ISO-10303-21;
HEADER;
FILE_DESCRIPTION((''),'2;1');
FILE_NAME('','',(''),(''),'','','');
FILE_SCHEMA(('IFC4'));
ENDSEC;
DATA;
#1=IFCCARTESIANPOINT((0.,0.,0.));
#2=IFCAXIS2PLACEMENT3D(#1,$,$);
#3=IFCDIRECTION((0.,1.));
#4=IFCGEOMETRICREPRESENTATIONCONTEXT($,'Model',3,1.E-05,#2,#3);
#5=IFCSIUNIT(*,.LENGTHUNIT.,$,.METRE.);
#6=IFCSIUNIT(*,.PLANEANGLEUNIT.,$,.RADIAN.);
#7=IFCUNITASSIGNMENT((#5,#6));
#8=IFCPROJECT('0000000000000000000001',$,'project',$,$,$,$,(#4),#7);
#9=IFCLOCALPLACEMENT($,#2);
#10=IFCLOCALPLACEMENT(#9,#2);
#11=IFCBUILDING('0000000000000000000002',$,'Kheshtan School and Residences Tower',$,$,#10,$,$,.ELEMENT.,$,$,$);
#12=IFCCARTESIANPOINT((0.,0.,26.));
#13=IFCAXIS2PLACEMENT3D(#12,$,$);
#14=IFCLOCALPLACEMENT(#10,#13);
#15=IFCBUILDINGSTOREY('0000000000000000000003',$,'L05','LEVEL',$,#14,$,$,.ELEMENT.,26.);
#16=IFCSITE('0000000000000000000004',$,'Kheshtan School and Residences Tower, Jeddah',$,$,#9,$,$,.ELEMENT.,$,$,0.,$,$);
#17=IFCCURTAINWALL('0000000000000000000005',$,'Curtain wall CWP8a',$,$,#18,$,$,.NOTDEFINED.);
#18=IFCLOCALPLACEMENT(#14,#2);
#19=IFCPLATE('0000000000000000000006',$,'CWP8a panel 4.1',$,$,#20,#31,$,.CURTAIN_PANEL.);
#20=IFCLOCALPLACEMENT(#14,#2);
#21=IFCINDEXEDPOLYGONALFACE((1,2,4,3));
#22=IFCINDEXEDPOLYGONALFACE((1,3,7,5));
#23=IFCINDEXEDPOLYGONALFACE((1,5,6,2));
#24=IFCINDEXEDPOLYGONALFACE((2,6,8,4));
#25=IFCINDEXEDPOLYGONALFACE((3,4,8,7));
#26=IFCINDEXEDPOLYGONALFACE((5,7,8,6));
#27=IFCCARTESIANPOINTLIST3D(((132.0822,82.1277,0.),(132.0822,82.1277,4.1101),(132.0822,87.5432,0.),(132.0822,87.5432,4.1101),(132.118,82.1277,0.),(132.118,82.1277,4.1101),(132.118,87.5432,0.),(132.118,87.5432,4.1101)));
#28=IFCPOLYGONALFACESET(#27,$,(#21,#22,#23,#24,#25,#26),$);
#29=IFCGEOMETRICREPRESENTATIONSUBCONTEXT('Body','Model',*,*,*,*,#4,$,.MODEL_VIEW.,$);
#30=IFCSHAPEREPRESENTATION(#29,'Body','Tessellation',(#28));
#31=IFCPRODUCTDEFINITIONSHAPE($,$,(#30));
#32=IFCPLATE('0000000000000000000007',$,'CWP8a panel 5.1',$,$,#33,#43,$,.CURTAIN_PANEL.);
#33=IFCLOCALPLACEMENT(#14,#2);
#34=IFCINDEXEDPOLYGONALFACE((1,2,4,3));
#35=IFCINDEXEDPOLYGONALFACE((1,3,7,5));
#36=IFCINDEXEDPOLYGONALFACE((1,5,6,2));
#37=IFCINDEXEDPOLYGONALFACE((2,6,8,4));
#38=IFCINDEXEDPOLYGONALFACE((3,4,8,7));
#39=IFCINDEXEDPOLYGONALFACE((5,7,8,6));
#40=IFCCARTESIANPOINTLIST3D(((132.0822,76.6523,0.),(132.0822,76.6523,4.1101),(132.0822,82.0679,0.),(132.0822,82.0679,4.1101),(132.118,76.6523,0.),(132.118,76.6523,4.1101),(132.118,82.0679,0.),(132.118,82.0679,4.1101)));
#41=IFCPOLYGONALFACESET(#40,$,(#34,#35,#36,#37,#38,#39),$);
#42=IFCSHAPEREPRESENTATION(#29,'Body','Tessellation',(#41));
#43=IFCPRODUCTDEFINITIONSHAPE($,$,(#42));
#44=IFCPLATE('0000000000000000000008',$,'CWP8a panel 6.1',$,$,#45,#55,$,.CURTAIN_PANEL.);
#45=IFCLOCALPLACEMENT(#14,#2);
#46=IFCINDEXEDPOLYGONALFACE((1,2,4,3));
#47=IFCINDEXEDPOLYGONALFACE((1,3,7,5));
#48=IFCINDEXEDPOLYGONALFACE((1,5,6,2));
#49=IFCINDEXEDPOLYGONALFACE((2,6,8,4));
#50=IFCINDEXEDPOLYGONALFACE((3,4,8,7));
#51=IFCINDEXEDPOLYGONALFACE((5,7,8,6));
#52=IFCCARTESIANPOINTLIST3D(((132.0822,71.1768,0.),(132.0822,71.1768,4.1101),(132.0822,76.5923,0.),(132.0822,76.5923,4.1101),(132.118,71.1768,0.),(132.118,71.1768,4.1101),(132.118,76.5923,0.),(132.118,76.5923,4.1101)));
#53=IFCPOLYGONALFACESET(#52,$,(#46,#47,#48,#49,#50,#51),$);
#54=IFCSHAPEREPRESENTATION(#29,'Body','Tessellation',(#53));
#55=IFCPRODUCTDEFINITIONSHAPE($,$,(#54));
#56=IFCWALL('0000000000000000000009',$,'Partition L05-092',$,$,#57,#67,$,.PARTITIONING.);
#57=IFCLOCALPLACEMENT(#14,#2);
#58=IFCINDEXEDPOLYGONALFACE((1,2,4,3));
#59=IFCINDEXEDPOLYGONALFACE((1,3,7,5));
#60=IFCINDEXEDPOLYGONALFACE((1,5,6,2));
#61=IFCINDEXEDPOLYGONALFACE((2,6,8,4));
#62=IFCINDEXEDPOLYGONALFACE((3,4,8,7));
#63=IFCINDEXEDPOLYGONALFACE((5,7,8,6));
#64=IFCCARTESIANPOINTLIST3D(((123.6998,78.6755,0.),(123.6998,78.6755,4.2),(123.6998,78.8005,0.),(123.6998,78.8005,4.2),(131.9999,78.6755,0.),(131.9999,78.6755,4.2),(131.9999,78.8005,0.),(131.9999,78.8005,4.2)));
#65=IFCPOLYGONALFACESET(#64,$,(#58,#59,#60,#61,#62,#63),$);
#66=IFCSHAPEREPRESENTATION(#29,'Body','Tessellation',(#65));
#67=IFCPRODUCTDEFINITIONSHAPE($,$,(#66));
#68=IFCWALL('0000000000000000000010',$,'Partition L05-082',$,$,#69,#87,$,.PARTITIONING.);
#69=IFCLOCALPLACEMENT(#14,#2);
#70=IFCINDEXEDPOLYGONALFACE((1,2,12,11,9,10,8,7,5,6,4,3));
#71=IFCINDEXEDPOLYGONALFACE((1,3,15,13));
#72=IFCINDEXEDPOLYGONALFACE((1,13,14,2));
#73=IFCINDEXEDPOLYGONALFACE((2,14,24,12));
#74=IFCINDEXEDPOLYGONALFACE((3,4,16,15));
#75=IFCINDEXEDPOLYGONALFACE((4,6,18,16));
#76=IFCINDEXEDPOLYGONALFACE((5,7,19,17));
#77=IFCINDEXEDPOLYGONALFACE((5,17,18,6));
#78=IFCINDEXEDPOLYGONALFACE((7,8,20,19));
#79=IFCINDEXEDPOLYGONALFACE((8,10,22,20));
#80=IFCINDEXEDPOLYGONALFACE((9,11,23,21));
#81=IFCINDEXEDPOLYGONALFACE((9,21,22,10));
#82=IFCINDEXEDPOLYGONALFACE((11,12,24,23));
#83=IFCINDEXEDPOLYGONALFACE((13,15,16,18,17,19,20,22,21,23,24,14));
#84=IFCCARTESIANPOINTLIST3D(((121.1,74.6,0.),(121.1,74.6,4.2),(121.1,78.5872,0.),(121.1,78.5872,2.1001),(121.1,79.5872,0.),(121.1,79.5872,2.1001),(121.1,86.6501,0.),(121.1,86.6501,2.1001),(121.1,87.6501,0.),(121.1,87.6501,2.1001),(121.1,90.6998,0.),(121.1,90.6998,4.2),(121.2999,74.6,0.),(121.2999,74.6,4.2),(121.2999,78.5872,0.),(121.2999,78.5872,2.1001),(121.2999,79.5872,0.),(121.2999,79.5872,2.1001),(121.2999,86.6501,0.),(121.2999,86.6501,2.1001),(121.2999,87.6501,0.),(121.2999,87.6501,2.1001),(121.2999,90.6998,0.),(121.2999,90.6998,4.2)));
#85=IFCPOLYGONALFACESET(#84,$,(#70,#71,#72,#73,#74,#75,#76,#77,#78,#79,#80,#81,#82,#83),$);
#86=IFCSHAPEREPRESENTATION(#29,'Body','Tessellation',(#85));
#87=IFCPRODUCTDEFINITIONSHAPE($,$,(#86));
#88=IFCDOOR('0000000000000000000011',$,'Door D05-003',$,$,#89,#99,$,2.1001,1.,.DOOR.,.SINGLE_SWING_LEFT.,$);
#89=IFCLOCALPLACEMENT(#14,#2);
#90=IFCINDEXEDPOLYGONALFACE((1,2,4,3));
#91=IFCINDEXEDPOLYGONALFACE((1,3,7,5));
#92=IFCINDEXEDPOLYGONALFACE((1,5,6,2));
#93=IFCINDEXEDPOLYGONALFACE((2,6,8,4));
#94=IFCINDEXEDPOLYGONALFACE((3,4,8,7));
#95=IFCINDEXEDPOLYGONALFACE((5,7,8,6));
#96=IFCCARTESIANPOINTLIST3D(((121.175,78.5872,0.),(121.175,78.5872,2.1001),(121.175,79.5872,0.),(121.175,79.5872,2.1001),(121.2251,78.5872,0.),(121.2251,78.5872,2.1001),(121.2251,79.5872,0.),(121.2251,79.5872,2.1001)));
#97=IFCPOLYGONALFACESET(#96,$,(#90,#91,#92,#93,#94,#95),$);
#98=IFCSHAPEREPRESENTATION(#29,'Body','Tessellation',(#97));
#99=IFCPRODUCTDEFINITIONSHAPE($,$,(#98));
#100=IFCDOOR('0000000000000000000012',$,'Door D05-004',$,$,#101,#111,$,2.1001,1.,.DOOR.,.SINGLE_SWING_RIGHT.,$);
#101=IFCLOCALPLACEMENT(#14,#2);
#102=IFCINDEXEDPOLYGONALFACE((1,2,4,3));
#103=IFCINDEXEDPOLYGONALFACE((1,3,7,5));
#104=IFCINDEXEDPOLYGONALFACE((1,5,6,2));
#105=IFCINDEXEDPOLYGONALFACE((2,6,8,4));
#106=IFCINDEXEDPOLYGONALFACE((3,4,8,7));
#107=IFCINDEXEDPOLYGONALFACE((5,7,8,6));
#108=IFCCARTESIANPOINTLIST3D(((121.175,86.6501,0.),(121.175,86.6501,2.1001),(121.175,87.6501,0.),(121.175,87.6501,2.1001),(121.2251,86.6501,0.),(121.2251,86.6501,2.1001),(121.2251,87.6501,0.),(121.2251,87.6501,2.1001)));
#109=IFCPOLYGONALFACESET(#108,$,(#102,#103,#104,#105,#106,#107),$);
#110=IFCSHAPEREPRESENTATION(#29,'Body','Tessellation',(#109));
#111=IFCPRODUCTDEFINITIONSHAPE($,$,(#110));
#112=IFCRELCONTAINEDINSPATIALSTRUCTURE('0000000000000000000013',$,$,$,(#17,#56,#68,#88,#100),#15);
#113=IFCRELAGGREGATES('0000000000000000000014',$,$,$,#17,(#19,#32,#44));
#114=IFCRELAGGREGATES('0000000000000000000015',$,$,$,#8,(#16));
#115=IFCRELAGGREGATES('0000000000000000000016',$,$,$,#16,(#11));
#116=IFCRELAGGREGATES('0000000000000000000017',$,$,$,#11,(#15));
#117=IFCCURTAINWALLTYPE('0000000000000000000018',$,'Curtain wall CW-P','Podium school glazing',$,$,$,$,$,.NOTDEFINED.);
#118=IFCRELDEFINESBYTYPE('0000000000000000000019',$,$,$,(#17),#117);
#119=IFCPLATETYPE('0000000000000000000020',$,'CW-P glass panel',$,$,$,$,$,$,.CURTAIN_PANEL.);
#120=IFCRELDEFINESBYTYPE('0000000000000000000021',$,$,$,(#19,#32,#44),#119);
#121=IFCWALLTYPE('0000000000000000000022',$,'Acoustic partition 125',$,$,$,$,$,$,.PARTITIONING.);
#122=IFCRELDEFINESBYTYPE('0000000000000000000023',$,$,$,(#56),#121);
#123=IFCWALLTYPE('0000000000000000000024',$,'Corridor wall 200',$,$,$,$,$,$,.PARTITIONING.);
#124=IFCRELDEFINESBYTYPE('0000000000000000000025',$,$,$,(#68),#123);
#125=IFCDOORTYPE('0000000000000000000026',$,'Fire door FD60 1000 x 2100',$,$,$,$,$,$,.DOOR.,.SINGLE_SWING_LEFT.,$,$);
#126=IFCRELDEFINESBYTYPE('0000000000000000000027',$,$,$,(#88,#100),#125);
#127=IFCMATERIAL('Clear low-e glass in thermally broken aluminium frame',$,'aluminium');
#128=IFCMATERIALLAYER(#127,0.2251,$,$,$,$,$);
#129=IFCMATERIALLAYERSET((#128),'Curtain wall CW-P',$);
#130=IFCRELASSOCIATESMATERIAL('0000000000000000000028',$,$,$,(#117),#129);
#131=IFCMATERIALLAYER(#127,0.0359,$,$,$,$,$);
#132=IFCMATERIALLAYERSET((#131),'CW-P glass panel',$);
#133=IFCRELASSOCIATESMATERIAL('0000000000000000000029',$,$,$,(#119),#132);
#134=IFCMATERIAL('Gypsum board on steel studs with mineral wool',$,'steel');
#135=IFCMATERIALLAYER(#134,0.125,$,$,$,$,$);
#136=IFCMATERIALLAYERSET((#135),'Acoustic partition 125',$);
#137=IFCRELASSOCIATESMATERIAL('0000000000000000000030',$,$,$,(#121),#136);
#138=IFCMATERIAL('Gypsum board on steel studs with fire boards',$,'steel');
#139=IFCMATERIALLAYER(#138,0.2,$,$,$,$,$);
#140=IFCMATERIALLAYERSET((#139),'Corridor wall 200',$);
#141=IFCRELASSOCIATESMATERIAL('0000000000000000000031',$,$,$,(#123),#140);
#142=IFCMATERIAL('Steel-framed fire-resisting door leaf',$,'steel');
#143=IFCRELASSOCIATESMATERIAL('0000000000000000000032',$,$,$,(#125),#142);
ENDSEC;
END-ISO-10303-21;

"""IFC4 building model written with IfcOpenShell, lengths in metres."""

from ifc_helpers import new_model, si_unit, direction, frame, frame_2d, origin, origin_2d, place, context, subcontext, project, spatial, rectangle, extrude, source, transform, mapped, material, layer, layer_set, type_object, element, fill, aggregate, save


model = new_model("IFC4")

# Units and contexts
model_context = context("Model", 3, precision=1e-05, world=origin(), true_north=direction((0.0, 1.0)))
body_context = subcontext(model_context, "Body", "Model", "MODEL_VIEW")
ifc_project = project(units=[si_unit("LENGTHUNIT", "METRE"), si_unit("PLANEANGLEUNIT", "RADIAN")], contexts=[model_context])

# Site, building, storey
site_placement = place(None, origin())
site = spatial("IfcSite", under=ifc_project, at=site_placement, Name="Kheshtan School and Residences Tower, Jeddah", CompositionType="ELEMENT", RefElevation=0.0)
building_placement = place(site_placement, origin())
building = spatial("IfcBuilding", under=site, at=building_placement, Name="Kheshtan School and Residences Tower", CompositionType="ELEMENT")
storey_placement = place(building_placement, frame((0.0, 0.0, 26.0)))
storey = spatial("IfcBuildingStorey", under=building, at=storey_placement, Name="L05", Description="LEVEL", CompositionType="ELEMENT", Elevation=26.0)

# Curtain wall, plates
ifc_material_1 = material(Name="Clear low-e glass in thermally broken aluminium frame", Category="aluminium")
ifc_layer_1 = layer(ifc_material_1, 0.2251)
ifc_layer_set_1 = layer_set([ifc_layer_1], Name="Curtain wall CW-P")
curtain_wall_type = type_object("IfcCurtainWallType", Name="Curtain wall CW-P", Description="Podium school glazing", PredefinedType="NOTDEFINED", material=ifc_layer_set_1)
curtain_wall_placement = place(storey_placement, origin())
curtain_wall = element("IfcCurtainWall", 1, at=curtain_wall_placement, inside=storey, type_object=curtain_wall_type, Name="Curtain wall CWP8a", PredefinedType="NOTDEFINED")
ifc_layer_2 = layer(ifc_material_1, 0.0359)
ifc_layer_set_2 = layer_set([ifc_layer_2], Name="CW-P glass panel")
plate_type = type_object("IfcPlateType", Name="CW-P glass panel", PredefinedType="CURTAIN_PANEL", material=ifc_layer_set_2)
plate_1_placement = place(storey_placement, frame((132.1001, 84.8354, 0.0), z_axis=(0.0, 0.0, 1.0), x_axis=(0.0, -1.0, 0.0)))
plate_1 = element("IfcPlate", 2, at=plate_1_placement, type_object=plate_type, Name="CWP8a panel 4.1", PredefinedType="CURTAIN_PANEL", context=body_context, shape_type="SweptSolid", body=[
    extrude(rectangle(XDim=5.4155, YDim=0.0359, at=origin_2d()), origin(), (0.0, 0.0, 1.0), 4.1101),
])
plate_2_placement = place(storey_placement, frame((132.1001, 79.3601, 0.0), z_axis=(0.0, 0.0, 1.0), x_axis=(0.0, -1.0, 0.0)))
plate_2 = element("IfcPlate", 3, at=plate_2_placement, type_object=plate_type, Name="CWP8a panel 5.1", PredefinedType="CURTAIN_PANEL", context=body_context, shape_type="SweptSolid", body=[
    extrude(rectangle(XDim=5.4155, YDim=0.0359, at=origin_2d()), origin(), (0.0, 0.0, 1.0), 4.1101),
])
plate_3_placement = place(storey_placement, frame((132.1001, 73.8845, 0.0), z_axis=(0.0, 0.0, 1.0), x_axis=(0.0, -1.0, 0.0)))
plate_3 = element("IfcPlate", 4, at=plate_3_placement, type_object=plate_type, Name="CWP8a panel 6.1", PredefinedType="CURTAIN_PANEL", context=body_context, shape_type="SweptSolid", body=[
    extrude(rectangle(XDim=5.4155, YDim=0.0359, at=origin_2d()), origin(), (0.0, 0.0, 1.0), 4.1101),
])
aggregate(curtain_wall, [plate_1, plate_2, plate_3])

# Wall
ifc_material_2 = material(Name="Gypsum board on steel studs with mineral wool", Category="steel")
ifc_layer_3 = layer(ifc_material_2, 0.125)
ifc_layer_set_3 = layer_set([ifc_layer_3], Name="Acoustic partition 125")
wall_type_1 = type_object("IfcWallType", Name="Acoustic partition 125", PredefinedType="PARTITIONING", material=ifc_layer_set_3)
wall_1_placement = place(storey_placement, frame((123.7, 78.738, 0.0), z_axis=(0.0, 0.0, 1.0), x_axis=(1.0, 0.0, 0.0)))
element("IfcWall", 5, at=wall_1_placement, inside=storey, type_object=wall_type_1, Name="Partition L05-092", PredefinedType="PARTITIONING", context=body_context, shape_type="SweptSolid", body=[
    extrude(rectangle(XDim=8.3, YDim=0.125, at=frame_2d((4.1499, 0.0))), origin(), (0.0, 0.0, 1.0), 4.2),
])

# Wall, openings, doors
ifc_material_3 = material(Name="Gypsum board on steel studs with fire boards", Category="steel")
ifc_layer_4 = layer(ifc_material_3, 0.2)
ifc_layer_set_4 = layer_set([ifc_layer_4], Name="Corridor wall 200")
wall_type_2 = type_object("IfcWallType", Name="Corridor wall 200", PredefinedType="PARTITIONING", material=ifc_layer_set_4)
wall_2_placement = place(storey_placement, frame((121.2, 74.6001, 0.0), z_axis=(0.0, 0.0, 1.0), x_axis=(0.0, 1.0, 0.0)))
wall_2 = element("IfcWall", 6, at=wall_2_placement, inside=storey, type_object=wall_type_2, Name="Partition L05-082", PredefinedType="PARTITIONING", context=body_context, shape_type="SweptSolid", body=[
    extrude(rectangle(XDim=16.0999, YDim=0.2, at=frame_2d((8.0498, 0.0))), origin(), (0.0, 0.0, 1.0), 4.2),
])
opening_1_placement = place(wall_2_placement, frame((3.9871, 0.0, 0.0)))
opening_1 = element("IfcOpeningElement", 7, at=opening_1_placement, cuts=wall_2, PredefinedType="OPENING", context=body_context, shape_type="SweptSolid", body=[
    extrude(rectangle(XDim=1.0, YDim=2.1001, at=frame_2d((0.5, 1.05))), frame((0.0, 0.1099, 0.0), z_axis=(0.0, -1.0, 0.0), x_axis=(1.0, 0.0, 0.0)), (0.0, 0.0, 1.0), 0.22),
])
opening_2_placement = place(wall_2_placement, frame((12.05, 0.0, 0.0)))
opening_2 = element("IfcOpeningElement", 8, at=opening_2_placement, cuts=wall_2, PredefinedType="OPENING", context=body_context, shape_type="SweptSolid", body=[
    extrude(rectangle(XDim=1.0, YDim=2.1001, at=frame_2d((0.5, 1.05))), frame((0.0, 0.1099, 0.0), z_axis=(0.0, -1.0, 0.0), x_axis=(1.0, 0.0, 0.0)), (0.0, 0.0, 1.0), 0.22),
])
ifc_material_4 = material(Name="Steel-framed fire-resisting door leaf", Category="steel")
door_type_1 = type_object("IfcDoorType", Name="Fire door FD60 1000 x 2100", OperationType="SINGLE_SWING_LEFT", PredefinedType="DOOR", material=ifc_material_4)
shared_shape_1 = source(origin(), body_context, "Body", "SweptSolid", [
    extrude(rectangle(XDim=1.0, YDim=2.1001, at=frame_2d((0.5, 1.05))), frame((0.0, 0.0249, 0.0), z_axis=(0.0, -1.0, 0.0), x_axis=(1.0, 0.0, 0.0)), (0.0, 0.0, 1.0), 0.05),
])
door_1_placement = place(opening_1_placement, origin())
door_1 = element("IfcDoor", 9, at=door_1_placement, inside=storey, type_object=door_type_1, Name="Door D05-003", OperationType="SINGLE_SWING_LEFT", OverallHeight=2.1001, OverallWidth=1.0, PredefinedType="DOOR", context=body_context, shape_type="MappedRepresentation", body=[
    mapped(shared_shape_1, transform((0.0, 0.0, 0.0), x_axis=(1.0, 0.0, 0.0), y_axis=(0.0, 1.0, 0.0), z_axis=(0.0, 0.0, 1.0), scale=1.0)),
])
fill(opening_1, door_1)
door_2_placement = place(opening_2_placement, origin())
door_2 = element("IfcDoor", 10, at=door_2_placement, inside=storey, type_object=door_type_1, Name="Door D05-004", OperationType="SINGLE_SWING_RIGHT", OverallHeight=2.1001, OverallWidth=1.0, PredefinedType="DOOR", context=body_context, shape_type="MappedRepresentation", body=[
    mapped(shared_shape_1, transform((0.0, 0.0, 0.0), x_axis=(1.0, 0.0, 0.0), y_axis=(0.0, 1.0, 0.0), z_axis=(0.0, 0.0, 1.0), scale=1.0)),
])
fill(opening_2, door_2)

save(model, "model.ifc")
